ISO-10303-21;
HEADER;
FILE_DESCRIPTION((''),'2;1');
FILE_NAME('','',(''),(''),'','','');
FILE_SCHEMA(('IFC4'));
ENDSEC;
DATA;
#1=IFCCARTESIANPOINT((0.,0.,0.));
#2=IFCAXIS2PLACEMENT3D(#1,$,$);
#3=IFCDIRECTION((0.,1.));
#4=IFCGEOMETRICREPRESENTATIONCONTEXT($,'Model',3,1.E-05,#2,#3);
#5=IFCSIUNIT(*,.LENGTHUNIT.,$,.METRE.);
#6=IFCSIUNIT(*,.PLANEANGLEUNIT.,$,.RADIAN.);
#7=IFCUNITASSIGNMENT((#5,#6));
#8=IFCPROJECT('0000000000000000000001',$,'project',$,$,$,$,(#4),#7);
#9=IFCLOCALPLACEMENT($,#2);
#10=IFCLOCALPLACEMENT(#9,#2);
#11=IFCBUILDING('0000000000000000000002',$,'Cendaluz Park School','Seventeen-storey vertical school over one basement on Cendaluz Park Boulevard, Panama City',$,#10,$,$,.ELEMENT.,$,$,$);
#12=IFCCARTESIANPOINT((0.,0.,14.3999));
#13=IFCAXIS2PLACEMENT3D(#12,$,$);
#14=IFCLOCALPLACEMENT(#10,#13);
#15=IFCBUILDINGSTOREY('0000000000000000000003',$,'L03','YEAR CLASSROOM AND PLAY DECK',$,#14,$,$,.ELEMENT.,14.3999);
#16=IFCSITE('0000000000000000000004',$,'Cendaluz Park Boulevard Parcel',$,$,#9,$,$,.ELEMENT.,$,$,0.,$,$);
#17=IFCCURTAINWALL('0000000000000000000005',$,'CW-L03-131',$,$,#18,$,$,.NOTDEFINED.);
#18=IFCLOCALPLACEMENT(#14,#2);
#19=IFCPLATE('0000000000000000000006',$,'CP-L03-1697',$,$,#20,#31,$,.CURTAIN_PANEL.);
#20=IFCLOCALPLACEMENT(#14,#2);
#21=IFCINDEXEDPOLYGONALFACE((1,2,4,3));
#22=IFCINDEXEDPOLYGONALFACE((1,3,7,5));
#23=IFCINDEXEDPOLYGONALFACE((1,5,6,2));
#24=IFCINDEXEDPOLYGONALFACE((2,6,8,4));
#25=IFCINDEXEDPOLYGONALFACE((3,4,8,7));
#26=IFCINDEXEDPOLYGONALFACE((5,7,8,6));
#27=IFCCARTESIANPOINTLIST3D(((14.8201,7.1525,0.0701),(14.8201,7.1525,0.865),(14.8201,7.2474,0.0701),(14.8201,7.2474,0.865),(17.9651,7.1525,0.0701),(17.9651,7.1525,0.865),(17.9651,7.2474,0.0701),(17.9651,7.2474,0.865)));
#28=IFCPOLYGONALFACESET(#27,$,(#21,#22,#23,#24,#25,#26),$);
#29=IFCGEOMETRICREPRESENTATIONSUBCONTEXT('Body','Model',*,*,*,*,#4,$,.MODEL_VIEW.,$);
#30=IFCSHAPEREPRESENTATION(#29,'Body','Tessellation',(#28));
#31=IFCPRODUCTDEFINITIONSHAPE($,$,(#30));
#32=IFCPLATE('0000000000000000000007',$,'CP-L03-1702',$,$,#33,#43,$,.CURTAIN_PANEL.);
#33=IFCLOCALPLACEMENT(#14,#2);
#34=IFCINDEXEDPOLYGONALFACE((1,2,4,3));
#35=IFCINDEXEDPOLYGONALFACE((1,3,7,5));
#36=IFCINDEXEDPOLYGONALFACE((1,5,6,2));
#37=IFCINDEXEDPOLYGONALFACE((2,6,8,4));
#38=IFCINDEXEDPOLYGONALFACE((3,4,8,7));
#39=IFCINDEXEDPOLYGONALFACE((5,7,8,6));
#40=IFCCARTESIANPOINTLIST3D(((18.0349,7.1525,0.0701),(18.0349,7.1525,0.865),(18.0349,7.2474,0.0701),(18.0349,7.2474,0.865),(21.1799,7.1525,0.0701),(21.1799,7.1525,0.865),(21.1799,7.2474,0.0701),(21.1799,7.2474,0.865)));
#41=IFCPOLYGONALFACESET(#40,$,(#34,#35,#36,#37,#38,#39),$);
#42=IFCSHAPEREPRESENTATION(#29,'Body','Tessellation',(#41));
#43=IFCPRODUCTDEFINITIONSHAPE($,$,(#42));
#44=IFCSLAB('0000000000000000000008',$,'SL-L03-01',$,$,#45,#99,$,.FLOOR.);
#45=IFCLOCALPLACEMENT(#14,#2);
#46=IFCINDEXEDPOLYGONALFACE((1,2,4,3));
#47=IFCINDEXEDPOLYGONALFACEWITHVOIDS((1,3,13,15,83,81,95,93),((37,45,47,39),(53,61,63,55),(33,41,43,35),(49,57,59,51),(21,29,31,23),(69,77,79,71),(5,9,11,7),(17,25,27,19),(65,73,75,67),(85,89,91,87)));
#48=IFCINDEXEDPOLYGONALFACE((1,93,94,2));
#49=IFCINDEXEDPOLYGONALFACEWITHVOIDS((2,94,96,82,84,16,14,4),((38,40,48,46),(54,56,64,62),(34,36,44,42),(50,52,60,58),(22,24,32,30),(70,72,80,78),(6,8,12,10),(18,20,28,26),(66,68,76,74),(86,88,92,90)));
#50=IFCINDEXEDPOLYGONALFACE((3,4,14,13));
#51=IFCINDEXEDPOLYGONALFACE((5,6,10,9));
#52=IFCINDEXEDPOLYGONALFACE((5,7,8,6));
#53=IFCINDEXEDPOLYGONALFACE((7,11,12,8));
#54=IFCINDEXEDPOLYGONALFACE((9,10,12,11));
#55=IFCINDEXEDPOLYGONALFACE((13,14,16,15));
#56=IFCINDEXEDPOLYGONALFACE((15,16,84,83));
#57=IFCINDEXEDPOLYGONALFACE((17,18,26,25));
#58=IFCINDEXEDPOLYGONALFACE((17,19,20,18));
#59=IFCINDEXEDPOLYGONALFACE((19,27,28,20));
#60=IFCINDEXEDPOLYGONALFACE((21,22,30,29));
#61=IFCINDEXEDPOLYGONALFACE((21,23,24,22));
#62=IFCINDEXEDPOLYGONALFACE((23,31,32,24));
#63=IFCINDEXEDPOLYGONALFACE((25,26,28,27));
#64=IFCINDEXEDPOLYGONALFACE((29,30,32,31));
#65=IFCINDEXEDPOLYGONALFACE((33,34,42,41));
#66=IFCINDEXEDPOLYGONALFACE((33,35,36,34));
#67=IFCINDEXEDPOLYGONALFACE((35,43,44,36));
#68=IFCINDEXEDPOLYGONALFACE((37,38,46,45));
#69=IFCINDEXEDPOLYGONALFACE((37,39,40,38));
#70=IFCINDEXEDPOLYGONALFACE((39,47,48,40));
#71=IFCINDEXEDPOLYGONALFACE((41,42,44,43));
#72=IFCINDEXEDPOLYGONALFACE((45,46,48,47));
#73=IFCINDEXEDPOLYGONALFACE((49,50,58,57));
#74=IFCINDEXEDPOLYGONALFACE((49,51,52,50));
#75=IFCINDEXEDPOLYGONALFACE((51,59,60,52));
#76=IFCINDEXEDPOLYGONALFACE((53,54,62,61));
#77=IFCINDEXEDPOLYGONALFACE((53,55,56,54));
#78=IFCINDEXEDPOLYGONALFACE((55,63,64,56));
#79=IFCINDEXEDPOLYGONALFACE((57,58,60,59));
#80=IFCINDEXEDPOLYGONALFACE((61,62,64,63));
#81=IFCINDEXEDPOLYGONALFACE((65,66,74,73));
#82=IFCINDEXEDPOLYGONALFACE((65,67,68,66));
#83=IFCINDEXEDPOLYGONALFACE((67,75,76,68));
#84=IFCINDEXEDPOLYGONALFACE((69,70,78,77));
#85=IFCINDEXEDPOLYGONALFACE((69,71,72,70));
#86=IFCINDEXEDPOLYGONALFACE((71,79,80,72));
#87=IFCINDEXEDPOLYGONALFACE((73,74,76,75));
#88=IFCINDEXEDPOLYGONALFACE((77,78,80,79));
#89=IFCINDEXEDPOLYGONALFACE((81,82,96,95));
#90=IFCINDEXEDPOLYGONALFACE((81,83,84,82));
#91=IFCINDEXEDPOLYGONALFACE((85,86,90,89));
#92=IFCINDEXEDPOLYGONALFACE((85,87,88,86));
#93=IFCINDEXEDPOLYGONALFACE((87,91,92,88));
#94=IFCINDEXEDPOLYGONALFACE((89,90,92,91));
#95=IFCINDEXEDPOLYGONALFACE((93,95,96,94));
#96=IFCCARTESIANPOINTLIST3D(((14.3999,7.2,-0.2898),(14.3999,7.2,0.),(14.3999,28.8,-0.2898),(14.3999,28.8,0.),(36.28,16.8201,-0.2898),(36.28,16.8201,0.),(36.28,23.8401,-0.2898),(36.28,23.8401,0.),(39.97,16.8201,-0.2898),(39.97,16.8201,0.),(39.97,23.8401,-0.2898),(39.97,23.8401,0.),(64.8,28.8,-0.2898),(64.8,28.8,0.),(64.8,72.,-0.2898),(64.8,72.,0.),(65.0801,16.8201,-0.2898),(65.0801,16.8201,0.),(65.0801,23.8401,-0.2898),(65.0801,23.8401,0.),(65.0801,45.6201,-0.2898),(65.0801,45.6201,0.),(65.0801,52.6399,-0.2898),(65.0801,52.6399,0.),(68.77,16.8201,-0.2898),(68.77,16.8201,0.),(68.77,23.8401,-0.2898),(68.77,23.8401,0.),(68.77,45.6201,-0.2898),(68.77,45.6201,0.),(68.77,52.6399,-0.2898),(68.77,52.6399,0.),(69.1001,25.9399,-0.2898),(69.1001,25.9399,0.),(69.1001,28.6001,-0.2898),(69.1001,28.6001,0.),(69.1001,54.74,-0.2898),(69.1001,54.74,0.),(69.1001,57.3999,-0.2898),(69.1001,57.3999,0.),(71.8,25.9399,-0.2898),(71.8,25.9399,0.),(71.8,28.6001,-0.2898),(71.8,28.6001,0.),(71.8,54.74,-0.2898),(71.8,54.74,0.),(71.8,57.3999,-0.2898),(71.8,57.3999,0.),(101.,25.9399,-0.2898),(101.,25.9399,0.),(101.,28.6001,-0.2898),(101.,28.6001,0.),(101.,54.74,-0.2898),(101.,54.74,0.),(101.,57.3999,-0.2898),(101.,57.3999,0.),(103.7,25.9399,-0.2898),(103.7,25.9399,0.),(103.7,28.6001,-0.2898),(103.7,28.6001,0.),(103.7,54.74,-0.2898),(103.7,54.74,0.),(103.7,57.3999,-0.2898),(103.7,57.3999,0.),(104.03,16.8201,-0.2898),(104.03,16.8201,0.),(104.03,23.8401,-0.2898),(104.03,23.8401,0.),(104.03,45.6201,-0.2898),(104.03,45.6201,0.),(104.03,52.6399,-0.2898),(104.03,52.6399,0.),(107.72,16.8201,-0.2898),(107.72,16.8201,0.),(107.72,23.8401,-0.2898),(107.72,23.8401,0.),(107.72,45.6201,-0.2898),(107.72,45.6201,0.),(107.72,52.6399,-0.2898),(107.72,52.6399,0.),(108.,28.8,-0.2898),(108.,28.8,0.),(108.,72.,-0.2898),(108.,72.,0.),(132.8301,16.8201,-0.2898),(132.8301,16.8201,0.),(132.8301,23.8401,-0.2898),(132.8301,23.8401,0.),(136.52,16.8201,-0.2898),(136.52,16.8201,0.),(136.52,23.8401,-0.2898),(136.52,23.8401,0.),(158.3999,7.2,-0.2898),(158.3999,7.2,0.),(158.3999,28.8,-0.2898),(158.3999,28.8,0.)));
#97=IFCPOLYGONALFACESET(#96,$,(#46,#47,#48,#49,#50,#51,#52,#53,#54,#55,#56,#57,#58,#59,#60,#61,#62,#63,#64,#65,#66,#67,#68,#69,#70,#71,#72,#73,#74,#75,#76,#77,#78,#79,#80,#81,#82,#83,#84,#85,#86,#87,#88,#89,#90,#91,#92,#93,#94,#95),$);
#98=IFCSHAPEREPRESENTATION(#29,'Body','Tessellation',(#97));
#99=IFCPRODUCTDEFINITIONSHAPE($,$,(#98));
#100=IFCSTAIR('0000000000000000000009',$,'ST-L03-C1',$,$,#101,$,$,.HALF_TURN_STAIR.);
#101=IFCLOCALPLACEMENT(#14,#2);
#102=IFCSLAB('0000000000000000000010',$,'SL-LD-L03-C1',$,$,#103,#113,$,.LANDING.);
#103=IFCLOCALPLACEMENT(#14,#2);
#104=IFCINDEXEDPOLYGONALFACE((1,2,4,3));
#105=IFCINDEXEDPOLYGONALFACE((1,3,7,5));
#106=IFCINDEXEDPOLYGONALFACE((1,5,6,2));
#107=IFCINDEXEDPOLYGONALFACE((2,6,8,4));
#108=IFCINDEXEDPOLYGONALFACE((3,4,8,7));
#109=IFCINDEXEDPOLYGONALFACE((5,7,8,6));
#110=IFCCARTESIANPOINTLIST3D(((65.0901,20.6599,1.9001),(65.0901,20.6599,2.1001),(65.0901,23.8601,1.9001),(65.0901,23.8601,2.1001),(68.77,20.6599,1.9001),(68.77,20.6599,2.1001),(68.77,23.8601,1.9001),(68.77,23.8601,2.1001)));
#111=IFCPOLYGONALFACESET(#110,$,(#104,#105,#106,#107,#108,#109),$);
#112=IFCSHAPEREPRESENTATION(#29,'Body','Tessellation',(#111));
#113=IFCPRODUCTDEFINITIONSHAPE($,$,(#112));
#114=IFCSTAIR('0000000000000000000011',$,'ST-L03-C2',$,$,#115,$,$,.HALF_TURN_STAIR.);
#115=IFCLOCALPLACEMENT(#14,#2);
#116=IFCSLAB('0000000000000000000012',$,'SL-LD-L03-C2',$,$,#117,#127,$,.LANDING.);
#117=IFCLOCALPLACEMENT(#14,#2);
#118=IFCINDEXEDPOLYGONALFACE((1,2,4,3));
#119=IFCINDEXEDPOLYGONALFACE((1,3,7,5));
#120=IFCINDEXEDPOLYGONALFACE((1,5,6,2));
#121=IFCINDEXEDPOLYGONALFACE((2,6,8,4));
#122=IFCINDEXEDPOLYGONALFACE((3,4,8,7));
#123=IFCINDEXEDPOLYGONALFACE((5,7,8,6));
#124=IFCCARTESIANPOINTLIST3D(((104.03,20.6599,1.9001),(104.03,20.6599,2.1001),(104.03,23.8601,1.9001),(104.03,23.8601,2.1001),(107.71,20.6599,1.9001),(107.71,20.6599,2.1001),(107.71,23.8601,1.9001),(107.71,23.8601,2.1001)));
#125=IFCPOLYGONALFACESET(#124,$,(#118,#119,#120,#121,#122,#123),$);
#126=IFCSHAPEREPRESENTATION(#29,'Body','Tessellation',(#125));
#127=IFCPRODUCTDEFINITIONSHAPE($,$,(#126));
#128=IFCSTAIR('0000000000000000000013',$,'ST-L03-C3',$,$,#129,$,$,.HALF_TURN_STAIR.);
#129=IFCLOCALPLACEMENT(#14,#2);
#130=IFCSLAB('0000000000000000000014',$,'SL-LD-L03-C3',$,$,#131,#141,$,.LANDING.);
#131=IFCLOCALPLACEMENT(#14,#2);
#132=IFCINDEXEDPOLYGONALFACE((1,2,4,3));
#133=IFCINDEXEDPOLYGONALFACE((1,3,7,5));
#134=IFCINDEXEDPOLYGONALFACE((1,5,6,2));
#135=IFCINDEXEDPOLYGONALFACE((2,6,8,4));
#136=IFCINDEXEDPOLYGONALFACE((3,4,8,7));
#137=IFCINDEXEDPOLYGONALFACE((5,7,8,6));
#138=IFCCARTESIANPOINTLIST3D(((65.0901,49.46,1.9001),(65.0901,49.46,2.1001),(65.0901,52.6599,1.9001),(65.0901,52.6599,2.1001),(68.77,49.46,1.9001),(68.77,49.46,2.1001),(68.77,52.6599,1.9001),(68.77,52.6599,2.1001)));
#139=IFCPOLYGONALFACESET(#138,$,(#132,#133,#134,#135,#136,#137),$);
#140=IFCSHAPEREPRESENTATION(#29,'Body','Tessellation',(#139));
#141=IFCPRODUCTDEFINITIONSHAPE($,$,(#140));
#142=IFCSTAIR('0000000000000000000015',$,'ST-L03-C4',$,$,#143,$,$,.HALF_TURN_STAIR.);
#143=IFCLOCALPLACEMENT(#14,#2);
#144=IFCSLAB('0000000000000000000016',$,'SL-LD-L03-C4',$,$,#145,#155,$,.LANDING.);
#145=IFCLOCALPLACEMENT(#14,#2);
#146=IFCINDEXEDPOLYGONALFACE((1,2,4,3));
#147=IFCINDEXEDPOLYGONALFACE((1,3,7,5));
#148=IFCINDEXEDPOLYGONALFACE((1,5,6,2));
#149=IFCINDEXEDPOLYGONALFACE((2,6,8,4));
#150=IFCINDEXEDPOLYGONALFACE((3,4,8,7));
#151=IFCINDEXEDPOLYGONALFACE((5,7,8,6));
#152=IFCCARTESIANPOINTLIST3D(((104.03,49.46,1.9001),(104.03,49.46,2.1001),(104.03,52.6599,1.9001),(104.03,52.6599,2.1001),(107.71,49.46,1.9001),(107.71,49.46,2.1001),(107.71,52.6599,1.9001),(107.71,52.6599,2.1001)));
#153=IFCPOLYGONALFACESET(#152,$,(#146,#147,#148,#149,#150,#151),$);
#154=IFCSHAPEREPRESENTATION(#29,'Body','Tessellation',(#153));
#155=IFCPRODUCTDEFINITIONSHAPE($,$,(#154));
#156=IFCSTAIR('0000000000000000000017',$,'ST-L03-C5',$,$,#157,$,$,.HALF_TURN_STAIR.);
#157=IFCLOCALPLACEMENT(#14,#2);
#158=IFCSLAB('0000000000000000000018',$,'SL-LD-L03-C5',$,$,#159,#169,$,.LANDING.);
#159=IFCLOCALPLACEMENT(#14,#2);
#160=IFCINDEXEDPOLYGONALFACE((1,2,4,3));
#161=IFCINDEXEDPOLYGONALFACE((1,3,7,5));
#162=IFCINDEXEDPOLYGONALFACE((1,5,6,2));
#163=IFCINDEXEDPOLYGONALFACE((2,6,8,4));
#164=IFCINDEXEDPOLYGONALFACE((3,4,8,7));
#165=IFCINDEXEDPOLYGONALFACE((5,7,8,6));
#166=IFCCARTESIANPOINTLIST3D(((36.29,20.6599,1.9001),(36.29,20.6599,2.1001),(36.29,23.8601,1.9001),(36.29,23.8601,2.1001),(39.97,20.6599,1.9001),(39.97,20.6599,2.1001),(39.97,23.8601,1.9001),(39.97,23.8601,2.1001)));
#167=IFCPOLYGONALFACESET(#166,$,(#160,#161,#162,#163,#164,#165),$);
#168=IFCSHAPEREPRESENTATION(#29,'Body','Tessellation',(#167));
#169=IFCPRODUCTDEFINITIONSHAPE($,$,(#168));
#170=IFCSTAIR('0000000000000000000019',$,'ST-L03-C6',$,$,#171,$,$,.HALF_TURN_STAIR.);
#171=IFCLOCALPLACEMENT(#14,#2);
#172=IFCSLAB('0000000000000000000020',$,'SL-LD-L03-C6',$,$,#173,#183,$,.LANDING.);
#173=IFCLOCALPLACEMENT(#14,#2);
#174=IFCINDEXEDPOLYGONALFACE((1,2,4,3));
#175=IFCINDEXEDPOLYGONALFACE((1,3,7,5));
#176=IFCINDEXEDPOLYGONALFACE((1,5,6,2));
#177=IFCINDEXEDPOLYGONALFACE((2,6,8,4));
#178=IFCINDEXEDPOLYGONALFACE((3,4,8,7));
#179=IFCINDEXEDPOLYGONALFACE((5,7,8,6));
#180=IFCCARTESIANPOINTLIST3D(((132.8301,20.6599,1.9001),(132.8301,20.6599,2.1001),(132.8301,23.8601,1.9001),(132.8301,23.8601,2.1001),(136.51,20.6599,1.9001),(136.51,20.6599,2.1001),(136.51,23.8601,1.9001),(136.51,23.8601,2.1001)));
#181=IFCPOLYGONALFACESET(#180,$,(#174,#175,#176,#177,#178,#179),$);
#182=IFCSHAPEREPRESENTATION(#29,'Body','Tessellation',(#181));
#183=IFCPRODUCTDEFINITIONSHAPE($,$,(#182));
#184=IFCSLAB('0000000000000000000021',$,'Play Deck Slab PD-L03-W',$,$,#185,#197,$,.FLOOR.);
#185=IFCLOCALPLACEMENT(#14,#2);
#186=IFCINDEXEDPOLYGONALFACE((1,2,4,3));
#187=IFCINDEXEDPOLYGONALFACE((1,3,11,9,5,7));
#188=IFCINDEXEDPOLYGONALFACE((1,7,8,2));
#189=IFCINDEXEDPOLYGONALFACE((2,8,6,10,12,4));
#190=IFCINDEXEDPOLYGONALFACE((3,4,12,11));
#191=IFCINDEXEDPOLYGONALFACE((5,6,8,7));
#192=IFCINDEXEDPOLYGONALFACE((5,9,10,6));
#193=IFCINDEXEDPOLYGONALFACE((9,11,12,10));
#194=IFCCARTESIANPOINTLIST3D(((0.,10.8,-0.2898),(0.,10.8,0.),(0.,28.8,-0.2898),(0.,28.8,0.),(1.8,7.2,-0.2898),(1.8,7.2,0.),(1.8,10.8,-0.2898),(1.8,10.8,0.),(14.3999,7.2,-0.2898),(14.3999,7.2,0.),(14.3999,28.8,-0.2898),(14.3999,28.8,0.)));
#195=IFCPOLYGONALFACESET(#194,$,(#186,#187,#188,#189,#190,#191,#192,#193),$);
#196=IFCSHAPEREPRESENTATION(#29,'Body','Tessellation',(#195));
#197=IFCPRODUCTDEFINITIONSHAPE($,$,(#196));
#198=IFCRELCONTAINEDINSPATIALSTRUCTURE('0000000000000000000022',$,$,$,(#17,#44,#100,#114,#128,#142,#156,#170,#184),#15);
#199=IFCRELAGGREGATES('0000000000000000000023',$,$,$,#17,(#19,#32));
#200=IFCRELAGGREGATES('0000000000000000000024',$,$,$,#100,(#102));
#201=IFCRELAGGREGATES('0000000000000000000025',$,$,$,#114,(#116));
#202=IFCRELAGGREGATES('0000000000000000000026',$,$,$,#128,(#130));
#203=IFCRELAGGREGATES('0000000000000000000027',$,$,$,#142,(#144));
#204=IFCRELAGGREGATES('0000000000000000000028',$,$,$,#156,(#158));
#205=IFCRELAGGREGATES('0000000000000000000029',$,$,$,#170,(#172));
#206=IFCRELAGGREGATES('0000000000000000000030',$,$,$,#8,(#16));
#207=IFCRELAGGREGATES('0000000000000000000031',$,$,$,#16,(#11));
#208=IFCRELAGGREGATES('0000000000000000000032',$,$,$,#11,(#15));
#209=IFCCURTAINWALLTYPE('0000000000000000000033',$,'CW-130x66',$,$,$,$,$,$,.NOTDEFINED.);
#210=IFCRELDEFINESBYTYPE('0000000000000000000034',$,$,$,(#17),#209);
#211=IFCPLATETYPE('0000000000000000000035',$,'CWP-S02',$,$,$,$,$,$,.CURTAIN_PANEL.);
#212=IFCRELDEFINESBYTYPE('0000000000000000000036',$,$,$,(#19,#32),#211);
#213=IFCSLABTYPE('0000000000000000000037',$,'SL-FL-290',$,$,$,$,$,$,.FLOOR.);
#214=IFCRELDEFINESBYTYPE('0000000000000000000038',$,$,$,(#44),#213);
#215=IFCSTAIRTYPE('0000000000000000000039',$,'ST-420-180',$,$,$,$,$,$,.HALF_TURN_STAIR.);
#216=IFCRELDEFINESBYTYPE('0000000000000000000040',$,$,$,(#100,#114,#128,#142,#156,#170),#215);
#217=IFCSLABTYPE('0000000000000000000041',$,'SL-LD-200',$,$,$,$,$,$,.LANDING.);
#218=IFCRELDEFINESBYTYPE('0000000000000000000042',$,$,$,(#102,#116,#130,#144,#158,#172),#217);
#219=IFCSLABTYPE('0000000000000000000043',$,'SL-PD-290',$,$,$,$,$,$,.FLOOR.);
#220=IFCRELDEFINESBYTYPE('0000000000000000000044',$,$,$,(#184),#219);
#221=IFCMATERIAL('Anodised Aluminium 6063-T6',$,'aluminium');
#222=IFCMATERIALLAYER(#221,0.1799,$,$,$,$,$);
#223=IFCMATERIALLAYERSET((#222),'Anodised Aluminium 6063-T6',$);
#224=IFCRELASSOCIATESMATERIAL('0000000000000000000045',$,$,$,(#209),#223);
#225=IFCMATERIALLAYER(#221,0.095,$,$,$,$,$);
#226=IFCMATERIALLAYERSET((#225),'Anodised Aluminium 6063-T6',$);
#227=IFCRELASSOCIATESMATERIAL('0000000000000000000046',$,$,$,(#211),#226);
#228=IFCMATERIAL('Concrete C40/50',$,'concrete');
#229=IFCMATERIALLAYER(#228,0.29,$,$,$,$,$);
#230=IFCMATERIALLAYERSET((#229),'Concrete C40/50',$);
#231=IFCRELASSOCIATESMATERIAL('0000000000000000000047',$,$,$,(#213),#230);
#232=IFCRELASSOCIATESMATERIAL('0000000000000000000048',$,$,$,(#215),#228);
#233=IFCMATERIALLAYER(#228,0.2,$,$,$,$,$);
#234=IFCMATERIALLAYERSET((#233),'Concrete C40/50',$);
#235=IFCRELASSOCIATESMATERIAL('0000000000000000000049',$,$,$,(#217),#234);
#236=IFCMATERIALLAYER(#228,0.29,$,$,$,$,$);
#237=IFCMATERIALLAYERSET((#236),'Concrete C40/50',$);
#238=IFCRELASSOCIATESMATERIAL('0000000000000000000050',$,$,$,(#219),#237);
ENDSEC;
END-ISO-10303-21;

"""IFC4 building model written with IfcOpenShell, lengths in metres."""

from ifc_helpers import new_model, si_unit, direction, frame, origin, origin_2d, place, context, subcontext, project, spatial, polyline, rectangle, outline, extrude, material, layer, layer_set, type_object, element, aggregate, save


model = new_model("IFC4")

# Units and contexts
model_context = context("Model", 3, precision=1e-05, world=origin(), true_north=direction((0.0, 1.0)))
body_context = subcontext(model_context, "Body", "Model", "MODEL_VIEW")
ifc_project = project(units=[si_unit("LENGTHUNIT", "METRE"), si_unit("PLANEANGLEUNIT", "RADIAN")], contexts=[model_context])

# Site, building, storey
site_placement = place(None, origin())
site = spatial("IfcSite", under=ifc_project, at=site_placement, Name="Cendaluz Park Boulevard Parcel", CompositionType="ELEMENT", RefElevation=0.0)
building_placement = place(site_placement, origin())
building = spatial("IfcBuilding", under=site, at=building_placement, Name="Cendaluz Park School", Description="Seventeen-storey vertical school over one basement on Cendaluz Park Boulevard, Panama City", CompositionType="ELEMENT")
storey_placement = place(building_placement, frame((0.0, 0.0, 14.3999)))
storey = spatial("IfcBuildingStorey", under=building, at=storey_placement, Name="L03", Description="YEAR CLASSROOM AND PLAY DECK", CompositionType="ELEMENT", Elevation=14.3999)

# Shared definitions
ifc_material_1 = material(Name="Concrete C40/50", Category="concrete")

# Curtain wall, plates
ifc_material_2 = material(Name="Anodised Aluminium 6063-T6", Category="aluminium")
ifc_layer_1 = layer(ifc_material_2, 0.1799)
ifc_layer_set_1 = layer_set([ifc_layer_1], Name="Anodised Aluminium 6063-T6")
curtain_wall_type = type_object("IfcCurtainWallType", Name="CW-130x66", PredefinedType="NOTDEFINED", material=ifc_layer_set_1)
curtain_wall_placement = place(storey_placement, origin())
curtain_wall = element("IfcCurtainWall", 1, at=curtain_wall_placement, inside=storey, type_object=curtain_wall_type, Name="CW-L03-131", PredefinedType="NOTDEFINED")
ifc_layer_2 = layer(ifc_material_2, 0.095)
ifc_layer_set_2 = layer_set([ifc_layer_2], Name="Anodised Aluminium 6063-T6")
plate_type_1 = type_object("IfcPlateType", Name="CWP-S02", PredefinedType="CURTAIN_PANEL", material=ifc_layer_set_2)
plate_1_placement = place(storey_placement, frame((16.3926, 7.2, 0.0701), z_axis=(0.0, 0.0, 1.0), x_axis=(1.0, 0.0, 0.0)))
plate_1 = element("IfcPlate", 2, at=plate_1_placement, type_object=plate_type_1, Name="CP-L03-1697", PredefinedType="CURTAIN_PANEL", context=body_context, shape_type="SweptSolid", body=[
    extrude(rectangle(XDim=3.145, YDim=0.095, at=origin_2d()), origin(), (0.0, 0.0, 1.0), 0.7949),
])
plate_2_placement = place(storey_placement, frame((19.6074, 7.2, 0.0701), z_axis=(0.0, 0.0, 1.0), x_axis=(1.0, 0.0, 0.0)))
plate_2 = element("IfcPlate", 3, at=plate_2_placement, type_object=plate_type_1, Name="CP-L03-1702", PredefinedType="CURTAIN_PANEL", context=body_context, shape_type="SweptSolid", body=[
    extrude(rectangle(XDim=3.145, YDim=0.095, at=origin_2d()), origin(), (0.0, 0.0, 1.0), 0.7949),
])
aggregate(curtain_wall, [plate_1, plate_2])

# Slab
ifc_layer_3 = layer(ifc_material_1, 0.29)
ifc_layer_set_3 = layer_set([ifc_layer_3], Name="Concrete C40/50")
slab_type_1 = type_object("IfcSlabType", Name="SL-FL-290", PredefinedType="FLOOR", material=ifc_layer_set_3)
slab_1_placement = place(storey_placement, frame((0.0, 0.0, -0.2898)))
element("IfcSlab", 4, at=slab_1_placement, inside=storey, type_object=slab_type_1, Name="SL-L03-01", PredefinedType="FLOOR", context=body_context, shape_type="SweptSolid", body=[
    extrude(outline(polyline([(64.8, 28.8), (64.8, 72.0), (108.0, 72.0), (108.0, 28.8), (158.3999, 28.8), (158.3999, 7.2), (14.3999, 7.2), (14.3999, 28.8), (64.8, 28.8)]), holes=[polyline([(65.0801, 23.8401), (65.0801, 16.8201), (68.77, 16.8201), (68.77, 23.8401), (65.0801, 23.8401)]), polyline([(71.8, 28.6001), (69.1001, 28.6001), (69.1001, 25.9399), (71.8, 25.9399), (71.8, 28.6001)]), polyline([(107.72, 16.8201), (107.72, 23.8401), (104.03, 23.8401), (104.03, 16.8201), (107.72, 16.8201)]), polyline([(101.0, 25.9399), (103.7, 25.9399), (103.7, 28.6001), (101.0, 28.6001), (101.0, 25.9399)]), polyline([(65.0801, 52.6399), (65.0801, 45.6201), (68.77, 45.6201), (68.77, 52.6399), (65.0801, 52.6399)]), polyline([(71.8, 57.3999), (69.1001, 57.3999), (69.1001, 54.74), (71.8, 54.74), (71.8, 57.3999)]), polyline([(107.72, 45.6201), (107.72, 52.6399), (104.03, 52.6399), (104.03, 45.6201), (107.72, 45.6201)]), polyline([(101.0, 54.74), (103.7, 54.74), (103.7, 57.3999), (101.0, 57.3999), (101.0, 54.74)]), polyline([(36.28, 23.8401), (36.28, 16.8201), (39.97, 16.8201), (39.97, 23.8401), (36.28, 23.8401)]), polyline([(136.52, 23.8401), (132.8301, 23.8401), (132.8301, 16.8201), (136.52, 16.8201), (136.52, 23.8401)])]), origin(), (0.0, 0.0, 1.0), 0.2898),
])

# Stairs, slabs
stair_type = type_object("IfcStairType", Name="ST-420-180", PredefinedType="HALF_TURN_STAIR", material=ifc_material_1)
stair_1_placement = place(storey_placement, origin())
stair_1 = element("IfcStair", 5, at=stair_1_placement, inside=storey, type_object=stair_type, Name="ST-L03-C1", PredefinedType="HALF_TURN_STAIR")
ifc_layer_4 = layer(ifc_material_1, 0.2)
ifc_layer_set_4 = layer_set([ifc_layer_4], Name="Concrete C40/50")
slab_type_2 = type_object("IfcSlabType", Name="SL-LD-200", PredefinedType="LANDING", material=ifc_layer_set_4)
slab_2_placement = place(storey_placement, frame((0.0, 0.0, 1.9001)))
slab_2 = element("IfcSlab", 6, at=slab_2_placement, type_object=slab_type_2, Name="SL-LD-L03-C1", PredefinedType="LANDING", context=body_context, shape_type="SweptSolid", body=[
    extrude(outline(polyline([(65.0901, 20.6599), (68.77, 20.6599), (68.77, 23.8601), (65.0901, 23.8601), (65.0901, 20.6599)])), origin(), (0.0, 0.0, 1.0), 0.2),
])
aggregate(stair_1, [slab_2])
stair_2_placement = place(storey_placement, origin())
stair_2 = element("IfcStair", 7, at=stair_2_placement, inside=storey, type_object=stair_type, Name="ST-L03-C2", PredefinedType="HALF_TURN_STAIR")
slab_3_placement = place(storey_placement, frame((0.0, 0.0, 1.9001)))
slab_3 = element("IfcSlab", 8, at=slab_3_placement, type_object=slab_type_2, Name="SL-LD-L03-C2", PredefinedType="LANDING", context=body_context, shape_type="SweptSolid", body=[
    extrude(outline(polyline([(104.03, 20.6599), (107.71, 20.6599), (107.71, 23.8601), (104.03, 23.8601), (104.03, 20.6599)])), origin(), (0.0, 0.0, 1.0), 0.2),
])
aggregate(stair_2, [slab_3])
stair_3_placement = place(storey_placement, origin())
stair_3 = element("IfcStair", 9, at=stair_3_placement, inside=storey, type_object=stair_type, Name="ST-L03-C3", PredefinedType="HALF_TURN_STAIR")
slab_4_placement = place(storey_placement, frame((0.0, 0.0, 1.9001)))
slab_4 = element("IfcSlab", 10, at=slab_4_placement, type_object=slab_type_2, Name="SL-LD-L03-C3", PredefinedType="LANDING", context=body_context, shape_type="SweptSolid", body=[
    extrude(outline(polyline([(65.0901, 49.46), (68.77, 49.46), (68.77, 52.6599), (65.0901, 52.6599), (65.0901, 49.46)])), origin(), (0.0, 0.0, 1.0), 0.2),
])
aggregate(stair_3, [slab_4])
stair_4_placement = place(storey_placement, origin())
stair_4 = element("IfcStair", 11, at=stair_4_placement, inside=storey, type_object=stair_type, Name="ST-L03-C4", PredefinedType="HALF_TURN_STAIR")
slab_5_placement = place(storey_placement, frame((0.0, 0.0, 1.9001)))
slab_5 = element("IfcSlab", 12, at=slab_5_placement, type_object=slab_type_2, Name="SL-LD-L03-C4", PredefinedType="LANDING", context=body_context, shape_type="SweptSolid", body=[
    extrude(outline(polyline([(104.03, 49.46), (107.71, 49.46), (107.71, 52.6599), (104.03, 52.6599), (104.03, 49.46)])), origin(), (0.0, 0.0, 1.0), 0.2),
])
aggregate(stair_4, [slab_5])
stair_5_placement = place(storey_placement, origin())
stair_5 = element("IfcStair", 13, at=stair_5_placement, inside=storey, type_object=stair_type, Name="ST-L03-C5", PredefinedType="HALF_TURN_STAIR")
slab_6_placement = place(storey_placement, frame((0.0, 0.0, 1.9001)))
slab_6 = element("IfcSlab", 14, at=slab_6_placement, type_object=slab_type_2, Name="SL-LD-L03-C5", PredefinedType="LANDING", context=body_context, shape_type="SweptSolid", body=[
    extrude(outline(polyline([(36.29, 20.6599), (39.97, 20.6599), (39.97, 23.8601), (36.29, 23.8601), (36.29, 20.6599)])), origin(), (0.0, 0.0, 1.0), 0.2),
])
aggregate(stair_5, [slab_6])
stair_6_placement = place(storey_placement, origin())
stair_6 = element("IfcStair", 15, at=stair_6_placement, inside=storey, type_object=stair_type, Name="ST-L03-C6", PredefinedType="HALF_TURN_STAIR")
slab_7_placement = place(storey_placement, frame((0.0, 0.0, 1.9001)))
slab_7 = element("IfcSlab", 16, at=slab_7_placement, type_object=slab_type_2, Name="SL-LD-L03-C6", PredefinedType="LANDING", context=body_context, shape_type="SweptSolid", body=[
    extrude(outline(polyline([(132.8301, 20.6599), (136.51, 20.6599), (136.51, 23.8601), (132.8301, 23.8601), (132.8301, 20.6599)])), origin(), (0.0, 0.0, 1.0), 0.2),
])
aggregate(stair_6, [slab_7])

# Slab
ifc_layer_5 = layer(ifc_material_1, 0.29)
ifc_layer_set_5 = layer_set([ifc_layer_5], Name="Concrete C40/50")
slab_type_3 = type_object("IfcSlabType", Name="SL-PD-290", PredefinedType="FLOOR", material=ifc_layer_set_5)
slab_8_placement = place(storey_placement, frame((0.0, 0.0, -0.2898)))
element("IfcSlab", 17, at=slab_8_placement, inside=storey, type_object=slab_type_3, Name="Play Deck Slab PD-L03-W", PredefinedType="FLOOR", context=body_context, shape_type="SweptSolid", body=[
    extrude(outline(polyline([(0.0, 28.8), (14.3999, 28.8), (14.3999, 7.2), (1.8, 7.2), (1.8, 10.8), (0.0, 10.8), (0.0, 28.8)])), origin(), (0.0, 0.0, 1.0), 0.2898),
])

save(model, "model.ifc")
